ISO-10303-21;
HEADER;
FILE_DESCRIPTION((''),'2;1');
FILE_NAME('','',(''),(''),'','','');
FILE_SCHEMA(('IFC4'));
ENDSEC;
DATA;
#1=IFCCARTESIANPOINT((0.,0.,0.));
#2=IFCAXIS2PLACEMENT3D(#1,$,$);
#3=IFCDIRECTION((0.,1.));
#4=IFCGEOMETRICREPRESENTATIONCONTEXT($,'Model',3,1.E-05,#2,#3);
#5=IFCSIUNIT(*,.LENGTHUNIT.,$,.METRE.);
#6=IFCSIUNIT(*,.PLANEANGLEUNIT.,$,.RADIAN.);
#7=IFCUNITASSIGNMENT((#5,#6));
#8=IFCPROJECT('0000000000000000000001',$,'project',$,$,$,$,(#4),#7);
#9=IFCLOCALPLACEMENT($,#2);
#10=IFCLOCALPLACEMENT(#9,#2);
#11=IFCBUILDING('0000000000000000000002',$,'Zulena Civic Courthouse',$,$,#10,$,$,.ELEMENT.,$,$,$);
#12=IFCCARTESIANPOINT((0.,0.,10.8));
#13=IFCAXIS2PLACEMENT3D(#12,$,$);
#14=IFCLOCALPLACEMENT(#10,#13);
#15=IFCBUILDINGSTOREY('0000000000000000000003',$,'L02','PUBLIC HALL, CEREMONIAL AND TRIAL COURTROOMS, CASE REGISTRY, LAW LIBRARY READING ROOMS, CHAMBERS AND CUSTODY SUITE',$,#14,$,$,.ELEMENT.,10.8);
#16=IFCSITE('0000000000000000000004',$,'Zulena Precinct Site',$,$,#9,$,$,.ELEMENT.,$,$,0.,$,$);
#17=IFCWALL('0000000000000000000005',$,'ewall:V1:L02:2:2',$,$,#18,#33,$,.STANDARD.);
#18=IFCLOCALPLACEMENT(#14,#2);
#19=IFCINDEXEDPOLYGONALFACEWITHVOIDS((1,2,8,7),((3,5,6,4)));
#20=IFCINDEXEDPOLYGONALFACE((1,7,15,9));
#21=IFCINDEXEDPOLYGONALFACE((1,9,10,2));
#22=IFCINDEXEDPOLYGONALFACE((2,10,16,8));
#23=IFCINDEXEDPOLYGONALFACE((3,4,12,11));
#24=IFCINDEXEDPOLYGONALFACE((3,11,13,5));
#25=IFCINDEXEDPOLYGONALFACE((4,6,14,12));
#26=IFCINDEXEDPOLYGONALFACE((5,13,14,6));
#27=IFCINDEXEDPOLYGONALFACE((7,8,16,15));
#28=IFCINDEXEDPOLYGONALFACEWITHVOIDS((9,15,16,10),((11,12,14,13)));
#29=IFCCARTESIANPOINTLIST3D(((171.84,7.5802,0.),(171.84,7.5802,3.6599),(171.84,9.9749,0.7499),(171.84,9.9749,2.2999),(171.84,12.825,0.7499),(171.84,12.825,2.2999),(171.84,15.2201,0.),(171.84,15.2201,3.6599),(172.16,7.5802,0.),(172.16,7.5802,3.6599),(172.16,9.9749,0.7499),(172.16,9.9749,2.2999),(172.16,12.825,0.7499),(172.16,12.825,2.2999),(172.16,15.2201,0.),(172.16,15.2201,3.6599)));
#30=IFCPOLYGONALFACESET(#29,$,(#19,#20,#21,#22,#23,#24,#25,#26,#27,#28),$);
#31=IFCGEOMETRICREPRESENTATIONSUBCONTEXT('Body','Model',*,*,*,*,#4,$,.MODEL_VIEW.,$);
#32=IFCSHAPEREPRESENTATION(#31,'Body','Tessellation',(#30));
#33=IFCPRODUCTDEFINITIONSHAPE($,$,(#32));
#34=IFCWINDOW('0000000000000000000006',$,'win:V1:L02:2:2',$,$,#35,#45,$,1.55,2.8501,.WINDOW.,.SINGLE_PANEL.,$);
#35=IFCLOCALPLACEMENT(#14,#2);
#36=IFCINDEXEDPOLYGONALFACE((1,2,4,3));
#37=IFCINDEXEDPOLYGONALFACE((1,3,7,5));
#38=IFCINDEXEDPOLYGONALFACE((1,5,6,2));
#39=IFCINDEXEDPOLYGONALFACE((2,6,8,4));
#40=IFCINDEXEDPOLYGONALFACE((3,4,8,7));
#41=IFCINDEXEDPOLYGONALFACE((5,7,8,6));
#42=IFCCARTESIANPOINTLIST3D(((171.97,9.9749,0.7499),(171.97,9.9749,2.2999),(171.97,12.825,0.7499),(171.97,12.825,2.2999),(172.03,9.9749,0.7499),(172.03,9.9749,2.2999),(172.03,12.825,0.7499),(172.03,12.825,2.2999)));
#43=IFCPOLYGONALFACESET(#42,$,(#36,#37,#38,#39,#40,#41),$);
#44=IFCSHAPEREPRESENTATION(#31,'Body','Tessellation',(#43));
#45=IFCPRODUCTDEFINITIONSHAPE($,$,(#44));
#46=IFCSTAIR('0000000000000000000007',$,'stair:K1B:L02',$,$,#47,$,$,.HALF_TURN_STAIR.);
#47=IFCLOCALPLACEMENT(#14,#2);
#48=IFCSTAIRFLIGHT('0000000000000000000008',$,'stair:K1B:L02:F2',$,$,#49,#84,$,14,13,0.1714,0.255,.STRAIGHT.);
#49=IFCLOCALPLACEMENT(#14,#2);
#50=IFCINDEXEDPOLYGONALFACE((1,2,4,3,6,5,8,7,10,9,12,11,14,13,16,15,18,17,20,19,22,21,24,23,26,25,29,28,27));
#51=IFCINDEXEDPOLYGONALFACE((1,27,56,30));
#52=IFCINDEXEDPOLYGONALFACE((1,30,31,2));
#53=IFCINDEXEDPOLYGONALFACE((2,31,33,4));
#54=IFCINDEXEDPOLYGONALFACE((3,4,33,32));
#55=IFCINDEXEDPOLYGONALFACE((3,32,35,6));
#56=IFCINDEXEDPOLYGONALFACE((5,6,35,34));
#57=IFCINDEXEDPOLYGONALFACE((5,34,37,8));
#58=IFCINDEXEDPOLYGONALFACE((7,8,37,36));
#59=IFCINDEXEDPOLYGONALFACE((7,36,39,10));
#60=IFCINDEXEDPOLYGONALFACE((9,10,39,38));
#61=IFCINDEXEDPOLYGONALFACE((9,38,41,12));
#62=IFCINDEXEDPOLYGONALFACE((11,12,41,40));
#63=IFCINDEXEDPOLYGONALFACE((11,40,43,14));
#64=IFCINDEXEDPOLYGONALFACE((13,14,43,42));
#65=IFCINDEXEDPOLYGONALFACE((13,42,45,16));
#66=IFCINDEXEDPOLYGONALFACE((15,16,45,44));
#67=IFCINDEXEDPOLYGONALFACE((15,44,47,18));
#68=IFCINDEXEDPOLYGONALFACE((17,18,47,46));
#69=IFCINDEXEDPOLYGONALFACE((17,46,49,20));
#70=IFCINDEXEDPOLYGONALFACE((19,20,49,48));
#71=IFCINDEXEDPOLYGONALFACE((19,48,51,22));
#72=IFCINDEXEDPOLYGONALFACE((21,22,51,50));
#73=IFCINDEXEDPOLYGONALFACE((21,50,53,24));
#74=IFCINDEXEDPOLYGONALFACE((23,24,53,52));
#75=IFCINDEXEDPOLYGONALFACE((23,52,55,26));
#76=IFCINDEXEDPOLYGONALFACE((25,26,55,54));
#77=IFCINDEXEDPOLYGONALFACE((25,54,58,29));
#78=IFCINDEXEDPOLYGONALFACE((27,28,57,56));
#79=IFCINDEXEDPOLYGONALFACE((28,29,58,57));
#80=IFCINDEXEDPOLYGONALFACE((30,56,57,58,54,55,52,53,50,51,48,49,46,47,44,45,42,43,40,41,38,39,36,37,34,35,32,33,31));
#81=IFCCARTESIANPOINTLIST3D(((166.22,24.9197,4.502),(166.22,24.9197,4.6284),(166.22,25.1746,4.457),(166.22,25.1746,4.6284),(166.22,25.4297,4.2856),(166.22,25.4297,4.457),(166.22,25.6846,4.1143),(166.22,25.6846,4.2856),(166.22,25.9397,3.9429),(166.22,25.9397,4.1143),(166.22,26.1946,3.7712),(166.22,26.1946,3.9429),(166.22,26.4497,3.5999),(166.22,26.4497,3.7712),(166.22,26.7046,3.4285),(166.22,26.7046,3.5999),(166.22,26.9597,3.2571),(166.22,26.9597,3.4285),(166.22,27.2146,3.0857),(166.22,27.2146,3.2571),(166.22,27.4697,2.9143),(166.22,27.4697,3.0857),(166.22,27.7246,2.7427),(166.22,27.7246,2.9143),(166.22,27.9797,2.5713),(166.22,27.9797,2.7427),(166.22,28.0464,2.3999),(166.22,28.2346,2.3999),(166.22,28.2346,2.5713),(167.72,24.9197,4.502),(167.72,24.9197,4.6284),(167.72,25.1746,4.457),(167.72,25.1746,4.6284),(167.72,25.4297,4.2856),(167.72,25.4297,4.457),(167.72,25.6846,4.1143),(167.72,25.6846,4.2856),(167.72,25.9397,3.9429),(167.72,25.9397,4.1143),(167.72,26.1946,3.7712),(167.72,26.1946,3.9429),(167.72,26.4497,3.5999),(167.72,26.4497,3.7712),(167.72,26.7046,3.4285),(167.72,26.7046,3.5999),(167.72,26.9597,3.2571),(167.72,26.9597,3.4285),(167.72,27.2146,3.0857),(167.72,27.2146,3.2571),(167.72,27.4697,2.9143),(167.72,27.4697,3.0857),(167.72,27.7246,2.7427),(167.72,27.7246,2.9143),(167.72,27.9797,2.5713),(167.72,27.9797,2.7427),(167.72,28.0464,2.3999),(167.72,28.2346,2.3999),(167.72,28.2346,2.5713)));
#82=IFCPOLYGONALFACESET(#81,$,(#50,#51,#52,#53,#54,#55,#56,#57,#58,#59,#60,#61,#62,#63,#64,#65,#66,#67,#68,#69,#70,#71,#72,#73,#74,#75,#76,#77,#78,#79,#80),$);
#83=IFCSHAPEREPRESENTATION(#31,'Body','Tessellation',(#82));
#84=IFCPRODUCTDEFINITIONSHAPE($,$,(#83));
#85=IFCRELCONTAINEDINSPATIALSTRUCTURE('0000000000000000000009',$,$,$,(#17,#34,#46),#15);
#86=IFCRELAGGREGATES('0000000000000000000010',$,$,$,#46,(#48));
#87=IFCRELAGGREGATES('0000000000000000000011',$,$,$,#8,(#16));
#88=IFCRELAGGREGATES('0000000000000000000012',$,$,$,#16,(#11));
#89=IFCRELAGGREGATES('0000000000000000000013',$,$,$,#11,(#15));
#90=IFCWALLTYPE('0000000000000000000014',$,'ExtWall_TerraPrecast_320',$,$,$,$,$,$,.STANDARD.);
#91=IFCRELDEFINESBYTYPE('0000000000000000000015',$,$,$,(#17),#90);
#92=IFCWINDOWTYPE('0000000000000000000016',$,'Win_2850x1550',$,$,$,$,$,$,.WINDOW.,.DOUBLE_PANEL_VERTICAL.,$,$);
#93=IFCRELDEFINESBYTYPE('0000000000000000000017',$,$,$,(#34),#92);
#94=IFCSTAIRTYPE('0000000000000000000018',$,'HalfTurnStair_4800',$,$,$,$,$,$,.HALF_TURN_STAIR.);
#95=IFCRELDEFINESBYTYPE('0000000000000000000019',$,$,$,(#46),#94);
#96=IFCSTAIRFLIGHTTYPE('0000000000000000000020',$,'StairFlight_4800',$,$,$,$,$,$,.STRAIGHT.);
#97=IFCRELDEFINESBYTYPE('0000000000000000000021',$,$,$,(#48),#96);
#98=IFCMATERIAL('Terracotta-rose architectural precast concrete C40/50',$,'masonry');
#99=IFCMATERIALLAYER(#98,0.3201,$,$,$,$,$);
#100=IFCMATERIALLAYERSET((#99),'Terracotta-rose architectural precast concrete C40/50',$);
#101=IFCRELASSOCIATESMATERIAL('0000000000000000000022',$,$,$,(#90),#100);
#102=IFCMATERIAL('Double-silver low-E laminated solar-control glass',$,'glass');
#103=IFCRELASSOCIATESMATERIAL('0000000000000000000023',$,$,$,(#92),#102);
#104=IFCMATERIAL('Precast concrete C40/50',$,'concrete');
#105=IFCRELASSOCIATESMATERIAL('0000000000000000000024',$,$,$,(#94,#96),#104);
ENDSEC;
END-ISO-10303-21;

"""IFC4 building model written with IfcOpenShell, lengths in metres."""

from ifc_helpers import new_model, si_unit, direction, frame, frame_2d, origin, place, context, subcontext, project, spatial, polyline, rectangle, outline, extrude, material, layer, layer_set, type_object, element, fill, aggregate, save


model = new_model("IFC4")

# Units and contexts
model_context = context("Model", 3, precision=1e-05, world=origin(), true_north=direction((0.0, 1.0)))
body_context = subcontext(model_context, "Body", "Model", "MODEL_VIEW")
ifc_project = project(units=[si_unit("LENGTHUNIT", "METRE"), si_unit("PLANEANGLEUNIT", "RADIAN")], contexts=[model_context])

# Site, building, storey
site_placement = place(None, origin())
site = spatial("IfcSite", under=ifc_project, at=site_placement, Name="Zulena Precinct Site", CompositionType="ELEMENT", RefElevation=0.0)
building_placement = place(site_placement, origin())
building = spatial("IfcBuilding", under=site, at=building_placement, Name="Zulena Civic Courthouse", CompositionType="ELEMENT")
storey_placement = place(building_placement, frame((0.0, 0.0, 10.8)))
storey = spatial("IfcBuildingStorey", under=building, at=storey_placement, Name="L02", Description="PUBLIC HALL, CEREMONIAL AND TRIAL COURTROOMS, CASE REGISTRY, LAW LIBRARY READING ROOMS, CHAMBERS AND CUSTODY SUITE", CompositionType="ELEMENT", Elevation=10.8)

# Shared definitions
ifc_material_1 = material(Name="Double-silver low-E laminated solar-control glass", Category="glass")

# Wall, opening, window
ifc_material_2 = material(Name="Terracotta-rose architectural precast concrete C40/50", Category="masonry")
ifc_layer_1 = layer(ifc_material_2, 0.3201)
ifc_layer_set_1 = layer_set([ifc_layer_1], Name="Terracotta-rose architectural precast concrete C40/50")
wall_type_1 = type_object("IfcWallType", Name="ExtWall_TerraPrecast_320", PredefinedType="STANDARD", material=ifc_layer_set_1)
wall_1_placement = place(storey_placement, frame((172.0, 15.22, 0.0), z_axis=(0.0, 0.0, 1.0), x_axis=(0.0, -1.0, 0.0)))
wall_1 = element("IfcWall", 1, at=wall_1_placement, inside=storey, type_object=wall_type_1, Name="ewall:V1:L02:2:2", PredefinedType="STANDARD", context=body_context, shape_type="SweptSolid", body=[
    extrude(rectangle(XDim=7.6399, YDim=0.3201, at=frame_2d((3.8198, 0.0))), origin(), (0.0, 0.0, 1.0), 3.6599),
])
opening_1_placement = place(wall_1_placement, frame((2.395, 0.0, 0.75)))
opening_1 = element("IfcOpeningElement", 2, at=opening_1_placement, cuts=wall_1, PredefinedType="OPENING", context=body_context, shape_type="SweptSolid", body=[
    extrude(rectangle(XDim=2.8501, YDim=1.55, at=frame_2d((1.425, 0.7749))), frame((0.0, 0.1699, 0.0), z_axis=(0.0, -1.0, 0.0), x_axis=(1.0, 0.0, 0.0)), (0.0, 0.0, 1.0), 0.3401),
])
window_type = type_object("IfcWindowType", Name="Win_2850x1550", PartitioningType="DOUBLE_PANEL_VERTICAL", PredefinedType="WINDOW", material=ifc_material_1)
window_placement = place(opening_1_placement, origin())
window = element("IfcWindow", 3, at=window_placement, inside=storey, type_object=window_type, Name="win:V1:L02:2:2", OverallHeight=1.55, OverallWidth=2.8501, PartitioningType="SINGLE_PANEL", PredefinedType="WINDOW", context=body_context, shape_type="SweptSolid", body=[
    extrude(rectangle(XDim=2.8501, YDim=1.55, at=frame_2d((1.425, 0.7749))), frame((0.0, 0.03, 0.0), z_axis=(0.0, -1.0, 0.0), x_axis=(1.0, 0.0, 0.0)), (0.0, 0.0, 1.0), 0.0601),
])
fill(opening_1, window)

# Stair, stair flight
ifc_material_3 = material(Name="Precast concrete C40/50", Category="concrete")
stair_type = type_object("IfcStairType", Name="HalfTurnStair_4800", PredefinedType="HALF_TURN_STAIR", material=ifc_material_3)
stair_placement = place(storey_placement, origin())
stair = element("IfcStair", 4, at=stair_placement, inside=storey, type_object=stair_type, Name="stair:K1B:L02", PredefinedType="HALF_TURN_STAIR")
stair_flight_type = type_object("IfcStairFlightType", Name="StairFlight_4800", PredefinedType="STRAIGHT", material=ifc_material_3)
stair_flight_placement = place(storey_placement, frame((166.97, 28.2346, 2.3999), z_axis=(0.0, 0.0, 1.0), x_axis=(0.0, -1.0, 0.0)))
stair_flight = element("IfcStairFlight", 5, at=stair_flight_placement, type_object=stair_flight_type, Name="stair:K1B:L02:F2", NumberOfRisers=14, NumberOfTreads=13, PredefinedType="STRAIGHT", RiserHeight=0.1714, TreadLength=0.255, context=body_context, shape_type="SweptSolid", body=[
    extrude(outline(polyline([(0.0, 0.0), (0.0, 0.1714), (0.2549, 0.1714), (0.2549, 0.3428), (0.51, 0.3428), (0.51, 0.5144), (0.7649, 0.5144), (0.7649, 0.6858), (1.02, 0.6858), (1.02, 0.8572), (1.2749, 0.8572), (1.2749, 1.0286), (1.53, 1.0286), (1.53, 1.2), (1.7849, 1.2), (1.7849, 1.3713), (2.04, 1.3713), (2.04, 1.543), (2.2949, 1.543), (2.2949, 1.7144), (2.55, 1.7144), (2.55, 1.8857), (2.8049, 1.8857), (2.8049, 2.0571), (3.0601, 2.0571), (3.0601, 2.2285), (3.3149, 2.2285), (3.3149, 2.3999), (3.3149, 2.1021), (0.1882, 0.0), (0.0, 0.0)])), frame((0.0, 0.75, 0.0), z_axis=(0.0, -1.0, 0.0), x_axis=(1.0, 0.0, 0.0)), (0.0, 0.0, 1.0), 1.5),
])
aggregate(stair, [stair_flight])

save(model, "model.ifc")
